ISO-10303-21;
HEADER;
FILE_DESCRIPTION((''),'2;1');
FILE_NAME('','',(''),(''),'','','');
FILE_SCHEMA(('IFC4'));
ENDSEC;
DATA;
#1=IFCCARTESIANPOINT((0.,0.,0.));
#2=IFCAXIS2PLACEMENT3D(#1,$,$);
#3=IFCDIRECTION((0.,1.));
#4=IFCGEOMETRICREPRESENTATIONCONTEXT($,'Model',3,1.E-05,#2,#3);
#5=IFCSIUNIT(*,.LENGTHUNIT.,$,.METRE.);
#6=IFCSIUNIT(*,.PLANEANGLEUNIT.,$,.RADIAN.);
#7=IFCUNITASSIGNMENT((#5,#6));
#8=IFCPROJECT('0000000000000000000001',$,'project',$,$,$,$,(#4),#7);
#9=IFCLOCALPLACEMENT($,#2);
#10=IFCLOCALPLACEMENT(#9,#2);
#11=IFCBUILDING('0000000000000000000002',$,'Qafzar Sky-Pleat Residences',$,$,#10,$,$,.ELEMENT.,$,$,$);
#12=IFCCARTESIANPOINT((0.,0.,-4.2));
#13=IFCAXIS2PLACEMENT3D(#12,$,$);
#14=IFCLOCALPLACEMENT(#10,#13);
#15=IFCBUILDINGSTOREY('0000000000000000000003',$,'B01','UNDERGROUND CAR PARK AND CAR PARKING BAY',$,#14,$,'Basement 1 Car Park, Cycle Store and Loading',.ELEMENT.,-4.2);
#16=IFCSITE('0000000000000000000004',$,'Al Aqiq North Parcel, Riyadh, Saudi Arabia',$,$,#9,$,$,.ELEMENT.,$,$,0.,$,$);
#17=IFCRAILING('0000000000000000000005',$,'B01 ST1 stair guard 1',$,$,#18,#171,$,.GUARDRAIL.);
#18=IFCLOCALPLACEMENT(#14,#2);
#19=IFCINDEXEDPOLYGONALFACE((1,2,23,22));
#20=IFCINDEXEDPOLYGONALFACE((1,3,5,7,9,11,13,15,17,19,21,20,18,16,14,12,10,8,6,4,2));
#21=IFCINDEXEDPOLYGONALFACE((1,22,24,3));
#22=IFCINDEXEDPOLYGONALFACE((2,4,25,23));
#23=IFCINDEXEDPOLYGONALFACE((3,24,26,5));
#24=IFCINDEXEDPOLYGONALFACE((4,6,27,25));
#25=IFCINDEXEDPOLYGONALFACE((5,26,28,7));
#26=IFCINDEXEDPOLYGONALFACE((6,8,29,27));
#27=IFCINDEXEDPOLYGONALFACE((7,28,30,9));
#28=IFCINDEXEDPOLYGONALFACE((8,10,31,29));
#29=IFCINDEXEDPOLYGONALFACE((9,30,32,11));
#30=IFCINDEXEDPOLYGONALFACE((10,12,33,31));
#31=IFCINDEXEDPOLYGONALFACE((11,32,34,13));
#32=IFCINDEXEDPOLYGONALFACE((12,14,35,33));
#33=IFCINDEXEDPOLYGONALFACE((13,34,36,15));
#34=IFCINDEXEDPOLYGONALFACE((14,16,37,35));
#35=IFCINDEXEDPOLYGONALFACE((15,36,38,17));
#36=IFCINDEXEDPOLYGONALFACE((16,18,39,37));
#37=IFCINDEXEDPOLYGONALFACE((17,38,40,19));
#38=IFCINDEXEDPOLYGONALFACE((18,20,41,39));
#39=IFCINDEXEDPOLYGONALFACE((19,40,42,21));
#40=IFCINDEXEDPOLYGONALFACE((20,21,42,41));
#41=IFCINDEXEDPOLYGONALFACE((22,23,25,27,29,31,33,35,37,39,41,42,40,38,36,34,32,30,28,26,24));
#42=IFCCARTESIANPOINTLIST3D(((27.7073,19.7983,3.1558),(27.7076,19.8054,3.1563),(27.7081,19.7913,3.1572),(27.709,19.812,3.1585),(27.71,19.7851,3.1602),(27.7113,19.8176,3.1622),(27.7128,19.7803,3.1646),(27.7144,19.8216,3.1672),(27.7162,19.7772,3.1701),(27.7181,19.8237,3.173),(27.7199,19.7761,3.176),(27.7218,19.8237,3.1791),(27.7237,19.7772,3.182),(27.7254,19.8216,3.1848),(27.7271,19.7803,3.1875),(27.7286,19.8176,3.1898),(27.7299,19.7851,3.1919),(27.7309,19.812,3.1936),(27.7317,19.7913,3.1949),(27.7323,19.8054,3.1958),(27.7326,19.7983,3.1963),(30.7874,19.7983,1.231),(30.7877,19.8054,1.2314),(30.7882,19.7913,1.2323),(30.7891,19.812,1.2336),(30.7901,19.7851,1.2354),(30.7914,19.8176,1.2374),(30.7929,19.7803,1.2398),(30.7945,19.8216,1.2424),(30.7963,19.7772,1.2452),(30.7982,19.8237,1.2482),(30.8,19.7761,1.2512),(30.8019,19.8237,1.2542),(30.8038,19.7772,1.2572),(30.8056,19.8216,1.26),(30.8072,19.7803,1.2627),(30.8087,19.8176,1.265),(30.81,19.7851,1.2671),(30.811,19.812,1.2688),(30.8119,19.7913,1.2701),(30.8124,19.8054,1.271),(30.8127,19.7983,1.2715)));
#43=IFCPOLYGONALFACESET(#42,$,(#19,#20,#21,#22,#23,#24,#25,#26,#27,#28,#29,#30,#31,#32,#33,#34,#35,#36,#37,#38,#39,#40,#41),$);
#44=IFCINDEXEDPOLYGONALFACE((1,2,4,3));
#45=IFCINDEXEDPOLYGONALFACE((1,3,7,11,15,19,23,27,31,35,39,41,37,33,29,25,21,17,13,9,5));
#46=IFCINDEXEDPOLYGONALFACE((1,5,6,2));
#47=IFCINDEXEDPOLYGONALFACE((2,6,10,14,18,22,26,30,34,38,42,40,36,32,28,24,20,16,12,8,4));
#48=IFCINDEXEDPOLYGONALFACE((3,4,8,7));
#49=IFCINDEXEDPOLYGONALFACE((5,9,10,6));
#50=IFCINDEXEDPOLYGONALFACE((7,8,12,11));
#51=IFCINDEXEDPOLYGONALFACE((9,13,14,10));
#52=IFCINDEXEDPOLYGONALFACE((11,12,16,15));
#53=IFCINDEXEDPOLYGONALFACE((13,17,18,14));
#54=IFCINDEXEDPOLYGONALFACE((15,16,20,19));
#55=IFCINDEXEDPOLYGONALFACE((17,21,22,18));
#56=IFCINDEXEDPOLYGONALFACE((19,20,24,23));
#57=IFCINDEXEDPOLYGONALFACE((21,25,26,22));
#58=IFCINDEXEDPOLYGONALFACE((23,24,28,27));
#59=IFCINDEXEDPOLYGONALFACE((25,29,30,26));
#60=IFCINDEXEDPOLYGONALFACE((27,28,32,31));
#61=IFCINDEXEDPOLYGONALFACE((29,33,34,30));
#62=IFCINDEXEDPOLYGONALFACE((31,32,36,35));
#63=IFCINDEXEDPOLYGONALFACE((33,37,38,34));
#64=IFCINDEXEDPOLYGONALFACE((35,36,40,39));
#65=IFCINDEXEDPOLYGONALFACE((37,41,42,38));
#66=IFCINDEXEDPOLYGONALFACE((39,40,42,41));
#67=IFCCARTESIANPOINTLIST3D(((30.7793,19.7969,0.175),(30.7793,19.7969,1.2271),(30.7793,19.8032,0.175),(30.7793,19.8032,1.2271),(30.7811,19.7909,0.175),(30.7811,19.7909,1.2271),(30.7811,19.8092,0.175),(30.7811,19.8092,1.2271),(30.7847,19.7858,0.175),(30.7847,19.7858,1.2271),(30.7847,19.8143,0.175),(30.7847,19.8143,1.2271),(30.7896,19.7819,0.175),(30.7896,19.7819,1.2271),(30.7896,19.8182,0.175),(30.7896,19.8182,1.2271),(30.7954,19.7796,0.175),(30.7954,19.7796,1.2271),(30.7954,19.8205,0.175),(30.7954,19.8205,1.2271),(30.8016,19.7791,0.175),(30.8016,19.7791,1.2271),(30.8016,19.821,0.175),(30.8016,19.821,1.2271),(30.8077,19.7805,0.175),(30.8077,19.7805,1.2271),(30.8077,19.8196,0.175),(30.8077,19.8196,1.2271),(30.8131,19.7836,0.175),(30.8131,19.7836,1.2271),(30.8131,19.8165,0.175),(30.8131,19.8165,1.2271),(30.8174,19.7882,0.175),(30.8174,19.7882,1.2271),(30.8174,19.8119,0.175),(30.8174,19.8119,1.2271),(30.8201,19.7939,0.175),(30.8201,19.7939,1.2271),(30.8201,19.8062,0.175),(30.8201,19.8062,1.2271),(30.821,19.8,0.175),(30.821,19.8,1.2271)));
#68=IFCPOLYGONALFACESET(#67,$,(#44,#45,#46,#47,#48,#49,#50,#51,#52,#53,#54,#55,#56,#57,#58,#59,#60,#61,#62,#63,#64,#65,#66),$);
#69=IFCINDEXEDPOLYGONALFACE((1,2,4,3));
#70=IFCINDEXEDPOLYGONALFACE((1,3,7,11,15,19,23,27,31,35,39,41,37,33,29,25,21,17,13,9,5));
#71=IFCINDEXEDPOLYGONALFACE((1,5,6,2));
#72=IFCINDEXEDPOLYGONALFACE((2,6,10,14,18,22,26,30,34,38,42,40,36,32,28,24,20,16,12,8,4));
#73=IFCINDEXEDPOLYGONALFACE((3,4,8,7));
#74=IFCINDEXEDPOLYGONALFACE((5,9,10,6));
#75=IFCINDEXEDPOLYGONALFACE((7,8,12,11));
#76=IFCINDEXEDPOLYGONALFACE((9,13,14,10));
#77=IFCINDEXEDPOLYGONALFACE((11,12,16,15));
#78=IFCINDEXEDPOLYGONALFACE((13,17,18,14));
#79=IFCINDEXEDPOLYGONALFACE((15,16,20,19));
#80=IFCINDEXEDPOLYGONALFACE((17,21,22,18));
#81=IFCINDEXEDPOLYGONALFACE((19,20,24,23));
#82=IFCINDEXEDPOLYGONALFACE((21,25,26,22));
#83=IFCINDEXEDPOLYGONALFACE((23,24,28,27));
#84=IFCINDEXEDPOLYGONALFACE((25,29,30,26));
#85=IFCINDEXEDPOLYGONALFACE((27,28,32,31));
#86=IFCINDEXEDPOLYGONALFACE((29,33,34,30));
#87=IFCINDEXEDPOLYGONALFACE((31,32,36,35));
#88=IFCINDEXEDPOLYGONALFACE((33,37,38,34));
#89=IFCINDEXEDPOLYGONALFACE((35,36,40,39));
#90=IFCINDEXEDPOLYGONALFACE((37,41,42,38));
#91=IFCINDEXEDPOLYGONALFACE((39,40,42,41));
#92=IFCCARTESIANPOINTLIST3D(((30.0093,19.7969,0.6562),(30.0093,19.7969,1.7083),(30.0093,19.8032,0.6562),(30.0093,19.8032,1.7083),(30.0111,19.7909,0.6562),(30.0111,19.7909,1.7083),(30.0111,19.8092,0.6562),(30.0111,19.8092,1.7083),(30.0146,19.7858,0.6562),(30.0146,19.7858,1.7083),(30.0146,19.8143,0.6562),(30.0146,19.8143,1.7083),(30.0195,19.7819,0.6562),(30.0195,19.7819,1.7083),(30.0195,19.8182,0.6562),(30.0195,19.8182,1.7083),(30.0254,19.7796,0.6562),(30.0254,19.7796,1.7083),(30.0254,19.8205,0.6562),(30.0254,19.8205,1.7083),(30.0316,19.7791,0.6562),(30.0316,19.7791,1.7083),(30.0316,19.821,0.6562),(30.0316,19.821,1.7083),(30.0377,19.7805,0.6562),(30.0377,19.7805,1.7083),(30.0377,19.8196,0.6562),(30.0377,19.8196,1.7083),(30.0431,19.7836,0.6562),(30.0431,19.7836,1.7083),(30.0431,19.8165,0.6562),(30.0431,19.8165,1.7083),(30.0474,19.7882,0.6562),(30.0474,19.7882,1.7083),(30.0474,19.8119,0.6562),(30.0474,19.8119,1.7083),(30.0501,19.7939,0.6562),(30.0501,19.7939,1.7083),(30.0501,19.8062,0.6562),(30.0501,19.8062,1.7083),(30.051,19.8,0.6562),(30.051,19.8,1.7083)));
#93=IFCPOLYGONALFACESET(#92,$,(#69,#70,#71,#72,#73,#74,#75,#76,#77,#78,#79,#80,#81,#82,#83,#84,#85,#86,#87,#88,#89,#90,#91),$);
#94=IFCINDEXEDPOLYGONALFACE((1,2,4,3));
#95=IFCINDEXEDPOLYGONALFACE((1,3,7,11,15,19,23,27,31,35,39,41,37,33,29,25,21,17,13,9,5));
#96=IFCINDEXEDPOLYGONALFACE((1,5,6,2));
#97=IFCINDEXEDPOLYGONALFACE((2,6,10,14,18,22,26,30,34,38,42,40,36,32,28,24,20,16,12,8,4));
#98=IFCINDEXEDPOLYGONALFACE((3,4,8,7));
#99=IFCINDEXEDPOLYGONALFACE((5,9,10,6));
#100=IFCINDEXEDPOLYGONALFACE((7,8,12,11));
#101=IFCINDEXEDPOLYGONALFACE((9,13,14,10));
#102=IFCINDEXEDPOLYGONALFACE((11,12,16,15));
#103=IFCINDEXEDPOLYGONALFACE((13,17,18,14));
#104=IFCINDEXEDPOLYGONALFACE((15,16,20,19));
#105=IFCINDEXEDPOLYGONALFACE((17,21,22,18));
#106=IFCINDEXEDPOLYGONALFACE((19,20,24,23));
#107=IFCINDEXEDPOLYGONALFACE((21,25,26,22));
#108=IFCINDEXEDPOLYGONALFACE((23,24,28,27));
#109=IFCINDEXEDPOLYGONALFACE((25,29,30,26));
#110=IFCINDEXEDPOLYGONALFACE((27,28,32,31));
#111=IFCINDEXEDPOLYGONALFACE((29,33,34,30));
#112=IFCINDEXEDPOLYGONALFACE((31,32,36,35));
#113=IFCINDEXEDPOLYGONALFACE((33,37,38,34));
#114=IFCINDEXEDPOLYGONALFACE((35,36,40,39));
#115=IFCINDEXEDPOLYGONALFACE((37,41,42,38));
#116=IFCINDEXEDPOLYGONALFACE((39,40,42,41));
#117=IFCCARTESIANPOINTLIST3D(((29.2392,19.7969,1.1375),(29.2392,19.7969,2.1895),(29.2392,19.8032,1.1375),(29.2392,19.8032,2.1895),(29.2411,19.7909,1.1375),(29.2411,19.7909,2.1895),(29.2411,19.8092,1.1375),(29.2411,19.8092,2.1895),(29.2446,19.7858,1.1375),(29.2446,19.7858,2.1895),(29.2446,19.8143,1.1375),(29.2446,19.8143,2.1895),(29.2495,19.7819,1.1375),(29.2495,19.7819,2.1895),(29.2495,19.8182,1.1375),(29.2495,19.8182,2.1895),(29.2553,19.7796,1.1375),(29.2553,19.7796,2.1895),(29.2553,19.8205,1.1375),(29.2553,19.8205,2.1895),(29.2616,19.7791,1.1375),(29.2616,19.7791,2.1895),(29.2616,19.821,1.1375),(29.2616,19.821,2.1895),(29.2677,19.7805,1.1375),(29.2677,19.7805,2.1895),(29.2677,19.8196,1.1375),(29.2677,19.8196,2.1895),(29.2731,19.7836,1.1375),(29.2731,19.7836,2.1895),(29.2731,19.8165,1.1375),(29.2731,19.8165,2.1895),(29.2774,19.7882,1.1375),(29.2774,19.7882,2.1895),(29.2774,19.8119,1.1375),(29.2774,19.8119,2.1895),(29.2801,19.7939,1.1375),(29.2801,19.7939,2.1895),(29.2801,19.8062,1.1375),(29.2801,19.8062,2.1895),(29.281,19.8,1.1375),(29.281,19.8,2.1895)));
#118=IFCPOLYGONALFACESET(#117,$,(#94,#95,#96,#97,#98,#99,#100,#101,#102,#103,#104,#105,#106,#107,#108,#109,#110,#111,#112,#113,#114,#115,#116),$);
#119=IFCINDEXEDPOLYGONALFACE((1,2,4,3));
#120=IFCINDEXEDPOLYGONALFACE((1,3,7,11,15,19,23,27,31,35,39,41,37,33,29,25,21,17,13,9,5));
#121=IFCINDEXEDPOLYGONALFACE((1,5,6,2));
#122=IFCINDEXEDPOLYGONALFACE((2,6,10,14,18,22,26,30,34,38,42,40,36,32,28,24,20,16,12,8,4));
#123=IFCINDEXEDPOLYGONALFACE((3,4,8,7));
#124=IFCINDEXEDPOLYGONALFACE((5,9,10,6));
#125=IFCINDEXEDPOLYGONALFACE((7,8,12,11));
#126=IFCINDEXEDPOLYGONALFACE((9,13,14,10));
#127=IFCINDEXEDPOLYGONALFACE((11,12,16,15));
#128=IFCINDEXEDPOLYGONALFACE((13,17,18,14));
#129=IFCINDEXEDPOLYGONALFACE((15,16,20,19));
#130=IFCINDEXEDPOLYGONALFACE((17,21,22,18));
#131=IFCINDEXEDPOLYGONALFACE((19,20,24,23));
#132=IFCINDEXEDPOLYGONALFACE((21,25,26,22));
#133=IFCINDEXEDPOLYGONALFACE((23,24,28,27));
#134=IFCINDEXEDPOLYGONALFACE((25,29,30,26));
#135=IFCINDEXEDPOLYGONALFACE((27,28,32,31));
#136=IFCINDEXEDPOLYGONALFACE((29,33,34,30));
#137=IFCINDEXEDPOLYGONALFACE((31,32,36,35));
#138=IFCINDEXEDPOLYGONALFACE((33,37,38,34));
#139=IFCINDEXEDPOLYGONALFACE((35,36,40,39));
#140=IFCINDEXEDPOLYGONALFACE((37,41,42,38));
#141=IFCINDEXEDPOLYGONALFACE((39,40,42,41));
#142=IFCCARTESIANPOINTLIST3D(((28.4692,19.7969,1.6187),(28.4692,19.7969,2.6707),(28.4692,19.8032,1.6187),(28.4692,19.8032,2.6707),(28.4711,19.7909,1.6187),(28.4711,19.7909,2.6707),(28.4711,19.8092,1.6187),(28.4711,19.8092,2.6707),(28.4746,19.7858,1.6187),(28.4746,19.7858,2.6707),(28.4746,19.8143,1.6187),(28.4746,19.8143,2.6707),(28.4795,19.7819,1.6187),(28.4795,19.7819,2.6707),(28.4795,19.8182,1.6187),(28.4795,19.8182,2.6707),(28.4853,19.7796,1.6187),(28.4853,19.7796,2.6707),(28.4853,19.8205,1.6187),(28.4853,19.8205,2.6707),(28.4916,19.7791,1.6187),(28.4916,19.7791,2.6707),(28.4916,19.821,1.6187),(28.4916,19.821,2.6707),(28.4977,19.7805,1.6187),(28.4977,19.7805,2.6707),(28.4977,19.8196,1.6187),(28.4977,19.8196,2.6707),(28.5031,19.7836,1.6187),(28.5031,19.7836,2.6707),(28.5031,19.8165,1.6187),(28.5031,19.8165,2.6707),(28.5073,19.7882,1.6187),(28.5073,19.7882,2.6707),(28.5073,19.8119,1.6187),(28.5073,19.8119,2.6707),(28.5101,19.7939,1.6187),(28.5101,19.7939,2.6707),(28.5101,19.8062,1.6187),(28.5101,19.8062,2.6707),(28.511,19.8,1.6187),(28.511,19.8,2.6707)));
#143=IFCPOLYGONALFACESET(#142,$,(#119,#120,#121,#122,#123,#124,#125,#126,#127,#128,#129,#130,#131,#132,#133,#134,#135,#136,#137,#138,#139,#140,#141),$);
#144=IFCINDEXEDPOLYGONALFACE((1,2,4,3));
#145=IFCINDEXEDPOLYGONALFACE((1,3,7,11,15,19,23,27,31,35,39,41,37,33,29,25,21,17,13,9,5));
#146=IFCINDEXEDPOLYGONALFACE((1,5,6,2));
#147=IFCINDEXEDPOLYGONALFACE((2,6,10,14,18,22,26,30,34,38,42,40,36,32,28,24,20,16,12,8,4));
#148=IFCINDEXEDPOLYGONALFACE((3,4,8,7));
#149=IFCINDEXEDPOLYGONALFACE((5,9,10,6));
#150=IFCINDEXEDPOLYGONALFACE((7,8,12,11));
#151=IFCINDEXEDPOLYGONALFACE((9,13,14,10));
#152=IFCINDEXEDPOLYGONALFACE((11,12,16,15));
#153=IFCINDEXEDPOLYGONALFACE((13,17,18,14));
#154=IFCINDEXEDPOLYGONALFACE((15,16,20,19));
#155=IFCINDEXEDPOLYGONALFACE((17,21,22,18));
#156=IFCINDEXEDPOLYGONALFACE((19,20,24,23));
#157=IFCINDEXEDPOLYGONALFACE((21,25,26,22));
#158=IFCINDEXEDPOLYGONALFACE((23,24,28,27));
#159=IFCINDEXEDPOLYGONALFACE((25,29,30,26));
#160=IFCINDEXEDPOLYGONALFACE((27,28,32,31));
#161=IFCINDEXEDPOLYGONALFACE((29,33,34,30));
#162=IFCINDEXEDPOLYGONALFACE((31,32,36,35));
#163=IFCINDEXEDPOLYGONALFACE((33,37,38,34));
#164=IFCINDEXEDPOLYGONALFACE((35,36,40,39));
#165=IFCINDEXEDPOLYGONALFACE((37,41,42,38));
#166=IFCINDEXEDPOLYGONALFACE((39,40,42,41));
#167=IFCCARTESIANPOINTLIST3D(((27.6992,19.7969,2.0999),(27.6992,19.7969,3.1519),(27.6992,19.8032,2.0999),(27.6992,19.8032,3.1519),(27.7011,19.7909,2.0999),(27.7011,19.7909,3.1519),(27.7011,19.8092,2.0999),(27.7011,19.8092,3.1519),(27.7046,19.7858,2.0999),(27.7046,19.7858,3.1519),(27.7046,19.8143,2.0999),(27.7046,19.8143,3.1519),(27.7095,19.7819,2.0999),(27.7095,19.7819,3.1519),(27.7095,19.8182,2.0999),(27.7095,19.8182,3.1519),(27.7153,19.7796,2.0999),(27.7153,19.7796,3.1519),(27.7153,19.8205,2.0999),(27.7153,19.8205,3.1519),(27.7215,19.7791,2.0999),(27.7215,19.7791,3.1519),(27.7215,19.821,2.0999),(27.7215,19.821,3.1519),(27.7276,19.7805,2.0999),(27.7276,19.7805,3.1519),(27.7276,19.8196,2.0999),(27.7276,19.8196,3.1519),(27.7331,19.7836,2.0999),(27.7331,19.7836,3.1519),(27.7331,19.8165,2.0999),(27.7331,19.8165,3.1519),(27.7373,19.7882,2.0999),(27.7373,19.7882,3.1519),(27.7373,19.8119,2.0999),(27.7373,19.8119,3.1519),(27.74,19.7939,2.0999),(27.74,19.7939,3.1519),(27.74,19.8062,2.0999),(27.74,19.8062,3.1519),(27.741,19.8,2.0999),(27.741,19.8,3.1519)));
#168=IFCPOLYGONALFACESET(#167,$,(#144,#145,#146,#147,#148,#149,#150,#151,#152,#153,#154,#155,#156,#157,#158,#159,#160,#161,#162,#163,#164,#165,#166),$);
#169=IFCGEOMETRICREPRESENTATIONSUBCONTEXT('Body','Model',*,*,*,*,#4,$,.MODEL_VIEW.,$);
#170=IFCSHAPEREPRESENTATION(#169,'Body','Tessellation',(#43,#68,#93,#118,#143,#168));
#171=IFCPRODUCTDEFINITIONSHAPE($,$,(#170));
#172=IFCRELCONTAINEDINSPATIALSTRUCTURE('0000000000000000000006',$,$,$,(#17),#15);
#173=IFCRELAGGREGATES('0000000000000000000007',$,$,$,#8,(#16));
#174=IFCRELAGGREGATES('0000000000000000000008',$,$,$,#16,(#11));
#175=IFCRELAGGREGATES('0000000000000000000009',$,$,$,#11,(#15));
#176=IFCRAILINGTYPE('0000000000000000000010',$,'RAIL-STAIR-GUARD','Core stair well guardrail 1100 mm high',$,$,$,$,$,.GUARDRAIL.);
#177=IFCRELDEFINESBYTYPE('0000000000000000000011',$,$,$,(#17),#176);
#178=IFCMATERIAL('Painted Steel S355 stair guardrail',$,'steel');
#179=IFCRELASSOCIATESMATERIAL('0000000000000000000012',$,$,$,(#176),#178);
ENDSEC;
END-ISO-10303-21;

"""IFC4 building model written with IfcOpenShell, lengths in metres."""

from ifc_helpers import new_model, si_unit, direction, frame, origin, origin_2d, place, context, subcontext, project, spatial, circle, extrude, source, transform, mapped, material, type_object, element, save


model = new_model("IFC4")

# Units and contexts
model_context = context("Model", 3, precision=1e-05, world=origin(), true_north=direction((0.0, 1.0)))
body_context = subcontext(model_context, "Body", "Model", "MODEL_VIEW")
ifc_project = project(units=[si_unit("LENGTHUNIT", "METRE"), si_unit("PLANEANGLEUNIT", "RADIAN")], contexts=[model_context])

# Site, building, storey
site_placement = place(None, origin())
site = spatial("IfcSite", under=ifc_project, at=site_placement, Name="Al Aqiq North Parcel, Riyadh, Saudi Arabia", CompositionType="ELEMENT", RefElevation=0.0)
building_placement = place(site_placement, origin())
building = spatial("IfcBuilding", under=site, at=building_placement, Name="Qafzar Sky-Pleat Residences", CompositionType="ELEMENT")
storey_placement = place(building_placement, frame((0.0, 0.0, -4.2)))
storey = spatial("IfcBuildingStorey", under=building, at=storey_placement, Name="B01", Description="UNDERGROUND CAR PARK AND CAR PARKING BAY", LongName="Basement 1 Car Park, Cycle Store and Loading", CompositionType="ELEMENT", Elevation=-4.2)

# Railing
ifc_material_1 = material(Name="Painted Steel S355 stair guardrail", Category="steel")
railing_type_1 = type_object("IfcRailingType", Name="RAIL-STAIR-GUARD", Description="Core stair well guardrail 1100 mm high", PredefinedType="GUARDRAIL", material=ifc_material_1)
shared_shape_1 = source(origin(), body_context, "Body", "SweptSolid", [
    extrude(circle(Radius=0.0239, at=origin_2d()), frame((0.0, 0.0, 1.0762), z_axis=(-0.848029, 0.0, 0.529951), x_axis=(0.0, -1.0, 0.0)), (0.0, 0.0, 1.0), 3.6321),
    extrude(circle(Radius=0.021, at=origin_2d()), origin(), (0.0, 0.0, 1.0), 1.052),
    extrude(circle(Radius=0.021, at=origin_2d()), frame((-0.77, 0.0, 0.4812)), (0.0, 0.0, 1.0), 1.052),
    extrude(circle(Radius=0.021, at=origin_2d()), frame((-1.54, 0.0, 0.9624)), (0.0, 0.0, 1.0), 1.052),
    extrude(circle(Radius=0.021, at=origin_2d()), frame((-2.3101, 0.0, 1.4436)), (0.0, 0.0, 1.0), 1.052),
    extrude(circle(Radius=0.021, at=origin_2d()), frame((-3.0801, 0.0, 1.9248)), (0.0, 0.0, 1.0), 1.052),
])
railing_1_placement = place(storey_placement, frame((30.8, 19.8, 0.175)))
element("IfcRailing", 1, at=railing_1_placement, inside=storey, type_object=railing_type_1, Name="B01 ST1 stair guard 1", PredefinedType="GUARDRAIL", context=body_context, shape_type="MappedRepresentation", body=[
    mapped(shared_shape_1, transform((0.0, 0.0, 0.0), x_axis=(1.0, 0.0, 0.0), y_axis=(0.0, 1.0, 0.0), z_axis=(0.0, 0.0, 1.0), scale=1.0)),
])

save(model, "model.ifc")
